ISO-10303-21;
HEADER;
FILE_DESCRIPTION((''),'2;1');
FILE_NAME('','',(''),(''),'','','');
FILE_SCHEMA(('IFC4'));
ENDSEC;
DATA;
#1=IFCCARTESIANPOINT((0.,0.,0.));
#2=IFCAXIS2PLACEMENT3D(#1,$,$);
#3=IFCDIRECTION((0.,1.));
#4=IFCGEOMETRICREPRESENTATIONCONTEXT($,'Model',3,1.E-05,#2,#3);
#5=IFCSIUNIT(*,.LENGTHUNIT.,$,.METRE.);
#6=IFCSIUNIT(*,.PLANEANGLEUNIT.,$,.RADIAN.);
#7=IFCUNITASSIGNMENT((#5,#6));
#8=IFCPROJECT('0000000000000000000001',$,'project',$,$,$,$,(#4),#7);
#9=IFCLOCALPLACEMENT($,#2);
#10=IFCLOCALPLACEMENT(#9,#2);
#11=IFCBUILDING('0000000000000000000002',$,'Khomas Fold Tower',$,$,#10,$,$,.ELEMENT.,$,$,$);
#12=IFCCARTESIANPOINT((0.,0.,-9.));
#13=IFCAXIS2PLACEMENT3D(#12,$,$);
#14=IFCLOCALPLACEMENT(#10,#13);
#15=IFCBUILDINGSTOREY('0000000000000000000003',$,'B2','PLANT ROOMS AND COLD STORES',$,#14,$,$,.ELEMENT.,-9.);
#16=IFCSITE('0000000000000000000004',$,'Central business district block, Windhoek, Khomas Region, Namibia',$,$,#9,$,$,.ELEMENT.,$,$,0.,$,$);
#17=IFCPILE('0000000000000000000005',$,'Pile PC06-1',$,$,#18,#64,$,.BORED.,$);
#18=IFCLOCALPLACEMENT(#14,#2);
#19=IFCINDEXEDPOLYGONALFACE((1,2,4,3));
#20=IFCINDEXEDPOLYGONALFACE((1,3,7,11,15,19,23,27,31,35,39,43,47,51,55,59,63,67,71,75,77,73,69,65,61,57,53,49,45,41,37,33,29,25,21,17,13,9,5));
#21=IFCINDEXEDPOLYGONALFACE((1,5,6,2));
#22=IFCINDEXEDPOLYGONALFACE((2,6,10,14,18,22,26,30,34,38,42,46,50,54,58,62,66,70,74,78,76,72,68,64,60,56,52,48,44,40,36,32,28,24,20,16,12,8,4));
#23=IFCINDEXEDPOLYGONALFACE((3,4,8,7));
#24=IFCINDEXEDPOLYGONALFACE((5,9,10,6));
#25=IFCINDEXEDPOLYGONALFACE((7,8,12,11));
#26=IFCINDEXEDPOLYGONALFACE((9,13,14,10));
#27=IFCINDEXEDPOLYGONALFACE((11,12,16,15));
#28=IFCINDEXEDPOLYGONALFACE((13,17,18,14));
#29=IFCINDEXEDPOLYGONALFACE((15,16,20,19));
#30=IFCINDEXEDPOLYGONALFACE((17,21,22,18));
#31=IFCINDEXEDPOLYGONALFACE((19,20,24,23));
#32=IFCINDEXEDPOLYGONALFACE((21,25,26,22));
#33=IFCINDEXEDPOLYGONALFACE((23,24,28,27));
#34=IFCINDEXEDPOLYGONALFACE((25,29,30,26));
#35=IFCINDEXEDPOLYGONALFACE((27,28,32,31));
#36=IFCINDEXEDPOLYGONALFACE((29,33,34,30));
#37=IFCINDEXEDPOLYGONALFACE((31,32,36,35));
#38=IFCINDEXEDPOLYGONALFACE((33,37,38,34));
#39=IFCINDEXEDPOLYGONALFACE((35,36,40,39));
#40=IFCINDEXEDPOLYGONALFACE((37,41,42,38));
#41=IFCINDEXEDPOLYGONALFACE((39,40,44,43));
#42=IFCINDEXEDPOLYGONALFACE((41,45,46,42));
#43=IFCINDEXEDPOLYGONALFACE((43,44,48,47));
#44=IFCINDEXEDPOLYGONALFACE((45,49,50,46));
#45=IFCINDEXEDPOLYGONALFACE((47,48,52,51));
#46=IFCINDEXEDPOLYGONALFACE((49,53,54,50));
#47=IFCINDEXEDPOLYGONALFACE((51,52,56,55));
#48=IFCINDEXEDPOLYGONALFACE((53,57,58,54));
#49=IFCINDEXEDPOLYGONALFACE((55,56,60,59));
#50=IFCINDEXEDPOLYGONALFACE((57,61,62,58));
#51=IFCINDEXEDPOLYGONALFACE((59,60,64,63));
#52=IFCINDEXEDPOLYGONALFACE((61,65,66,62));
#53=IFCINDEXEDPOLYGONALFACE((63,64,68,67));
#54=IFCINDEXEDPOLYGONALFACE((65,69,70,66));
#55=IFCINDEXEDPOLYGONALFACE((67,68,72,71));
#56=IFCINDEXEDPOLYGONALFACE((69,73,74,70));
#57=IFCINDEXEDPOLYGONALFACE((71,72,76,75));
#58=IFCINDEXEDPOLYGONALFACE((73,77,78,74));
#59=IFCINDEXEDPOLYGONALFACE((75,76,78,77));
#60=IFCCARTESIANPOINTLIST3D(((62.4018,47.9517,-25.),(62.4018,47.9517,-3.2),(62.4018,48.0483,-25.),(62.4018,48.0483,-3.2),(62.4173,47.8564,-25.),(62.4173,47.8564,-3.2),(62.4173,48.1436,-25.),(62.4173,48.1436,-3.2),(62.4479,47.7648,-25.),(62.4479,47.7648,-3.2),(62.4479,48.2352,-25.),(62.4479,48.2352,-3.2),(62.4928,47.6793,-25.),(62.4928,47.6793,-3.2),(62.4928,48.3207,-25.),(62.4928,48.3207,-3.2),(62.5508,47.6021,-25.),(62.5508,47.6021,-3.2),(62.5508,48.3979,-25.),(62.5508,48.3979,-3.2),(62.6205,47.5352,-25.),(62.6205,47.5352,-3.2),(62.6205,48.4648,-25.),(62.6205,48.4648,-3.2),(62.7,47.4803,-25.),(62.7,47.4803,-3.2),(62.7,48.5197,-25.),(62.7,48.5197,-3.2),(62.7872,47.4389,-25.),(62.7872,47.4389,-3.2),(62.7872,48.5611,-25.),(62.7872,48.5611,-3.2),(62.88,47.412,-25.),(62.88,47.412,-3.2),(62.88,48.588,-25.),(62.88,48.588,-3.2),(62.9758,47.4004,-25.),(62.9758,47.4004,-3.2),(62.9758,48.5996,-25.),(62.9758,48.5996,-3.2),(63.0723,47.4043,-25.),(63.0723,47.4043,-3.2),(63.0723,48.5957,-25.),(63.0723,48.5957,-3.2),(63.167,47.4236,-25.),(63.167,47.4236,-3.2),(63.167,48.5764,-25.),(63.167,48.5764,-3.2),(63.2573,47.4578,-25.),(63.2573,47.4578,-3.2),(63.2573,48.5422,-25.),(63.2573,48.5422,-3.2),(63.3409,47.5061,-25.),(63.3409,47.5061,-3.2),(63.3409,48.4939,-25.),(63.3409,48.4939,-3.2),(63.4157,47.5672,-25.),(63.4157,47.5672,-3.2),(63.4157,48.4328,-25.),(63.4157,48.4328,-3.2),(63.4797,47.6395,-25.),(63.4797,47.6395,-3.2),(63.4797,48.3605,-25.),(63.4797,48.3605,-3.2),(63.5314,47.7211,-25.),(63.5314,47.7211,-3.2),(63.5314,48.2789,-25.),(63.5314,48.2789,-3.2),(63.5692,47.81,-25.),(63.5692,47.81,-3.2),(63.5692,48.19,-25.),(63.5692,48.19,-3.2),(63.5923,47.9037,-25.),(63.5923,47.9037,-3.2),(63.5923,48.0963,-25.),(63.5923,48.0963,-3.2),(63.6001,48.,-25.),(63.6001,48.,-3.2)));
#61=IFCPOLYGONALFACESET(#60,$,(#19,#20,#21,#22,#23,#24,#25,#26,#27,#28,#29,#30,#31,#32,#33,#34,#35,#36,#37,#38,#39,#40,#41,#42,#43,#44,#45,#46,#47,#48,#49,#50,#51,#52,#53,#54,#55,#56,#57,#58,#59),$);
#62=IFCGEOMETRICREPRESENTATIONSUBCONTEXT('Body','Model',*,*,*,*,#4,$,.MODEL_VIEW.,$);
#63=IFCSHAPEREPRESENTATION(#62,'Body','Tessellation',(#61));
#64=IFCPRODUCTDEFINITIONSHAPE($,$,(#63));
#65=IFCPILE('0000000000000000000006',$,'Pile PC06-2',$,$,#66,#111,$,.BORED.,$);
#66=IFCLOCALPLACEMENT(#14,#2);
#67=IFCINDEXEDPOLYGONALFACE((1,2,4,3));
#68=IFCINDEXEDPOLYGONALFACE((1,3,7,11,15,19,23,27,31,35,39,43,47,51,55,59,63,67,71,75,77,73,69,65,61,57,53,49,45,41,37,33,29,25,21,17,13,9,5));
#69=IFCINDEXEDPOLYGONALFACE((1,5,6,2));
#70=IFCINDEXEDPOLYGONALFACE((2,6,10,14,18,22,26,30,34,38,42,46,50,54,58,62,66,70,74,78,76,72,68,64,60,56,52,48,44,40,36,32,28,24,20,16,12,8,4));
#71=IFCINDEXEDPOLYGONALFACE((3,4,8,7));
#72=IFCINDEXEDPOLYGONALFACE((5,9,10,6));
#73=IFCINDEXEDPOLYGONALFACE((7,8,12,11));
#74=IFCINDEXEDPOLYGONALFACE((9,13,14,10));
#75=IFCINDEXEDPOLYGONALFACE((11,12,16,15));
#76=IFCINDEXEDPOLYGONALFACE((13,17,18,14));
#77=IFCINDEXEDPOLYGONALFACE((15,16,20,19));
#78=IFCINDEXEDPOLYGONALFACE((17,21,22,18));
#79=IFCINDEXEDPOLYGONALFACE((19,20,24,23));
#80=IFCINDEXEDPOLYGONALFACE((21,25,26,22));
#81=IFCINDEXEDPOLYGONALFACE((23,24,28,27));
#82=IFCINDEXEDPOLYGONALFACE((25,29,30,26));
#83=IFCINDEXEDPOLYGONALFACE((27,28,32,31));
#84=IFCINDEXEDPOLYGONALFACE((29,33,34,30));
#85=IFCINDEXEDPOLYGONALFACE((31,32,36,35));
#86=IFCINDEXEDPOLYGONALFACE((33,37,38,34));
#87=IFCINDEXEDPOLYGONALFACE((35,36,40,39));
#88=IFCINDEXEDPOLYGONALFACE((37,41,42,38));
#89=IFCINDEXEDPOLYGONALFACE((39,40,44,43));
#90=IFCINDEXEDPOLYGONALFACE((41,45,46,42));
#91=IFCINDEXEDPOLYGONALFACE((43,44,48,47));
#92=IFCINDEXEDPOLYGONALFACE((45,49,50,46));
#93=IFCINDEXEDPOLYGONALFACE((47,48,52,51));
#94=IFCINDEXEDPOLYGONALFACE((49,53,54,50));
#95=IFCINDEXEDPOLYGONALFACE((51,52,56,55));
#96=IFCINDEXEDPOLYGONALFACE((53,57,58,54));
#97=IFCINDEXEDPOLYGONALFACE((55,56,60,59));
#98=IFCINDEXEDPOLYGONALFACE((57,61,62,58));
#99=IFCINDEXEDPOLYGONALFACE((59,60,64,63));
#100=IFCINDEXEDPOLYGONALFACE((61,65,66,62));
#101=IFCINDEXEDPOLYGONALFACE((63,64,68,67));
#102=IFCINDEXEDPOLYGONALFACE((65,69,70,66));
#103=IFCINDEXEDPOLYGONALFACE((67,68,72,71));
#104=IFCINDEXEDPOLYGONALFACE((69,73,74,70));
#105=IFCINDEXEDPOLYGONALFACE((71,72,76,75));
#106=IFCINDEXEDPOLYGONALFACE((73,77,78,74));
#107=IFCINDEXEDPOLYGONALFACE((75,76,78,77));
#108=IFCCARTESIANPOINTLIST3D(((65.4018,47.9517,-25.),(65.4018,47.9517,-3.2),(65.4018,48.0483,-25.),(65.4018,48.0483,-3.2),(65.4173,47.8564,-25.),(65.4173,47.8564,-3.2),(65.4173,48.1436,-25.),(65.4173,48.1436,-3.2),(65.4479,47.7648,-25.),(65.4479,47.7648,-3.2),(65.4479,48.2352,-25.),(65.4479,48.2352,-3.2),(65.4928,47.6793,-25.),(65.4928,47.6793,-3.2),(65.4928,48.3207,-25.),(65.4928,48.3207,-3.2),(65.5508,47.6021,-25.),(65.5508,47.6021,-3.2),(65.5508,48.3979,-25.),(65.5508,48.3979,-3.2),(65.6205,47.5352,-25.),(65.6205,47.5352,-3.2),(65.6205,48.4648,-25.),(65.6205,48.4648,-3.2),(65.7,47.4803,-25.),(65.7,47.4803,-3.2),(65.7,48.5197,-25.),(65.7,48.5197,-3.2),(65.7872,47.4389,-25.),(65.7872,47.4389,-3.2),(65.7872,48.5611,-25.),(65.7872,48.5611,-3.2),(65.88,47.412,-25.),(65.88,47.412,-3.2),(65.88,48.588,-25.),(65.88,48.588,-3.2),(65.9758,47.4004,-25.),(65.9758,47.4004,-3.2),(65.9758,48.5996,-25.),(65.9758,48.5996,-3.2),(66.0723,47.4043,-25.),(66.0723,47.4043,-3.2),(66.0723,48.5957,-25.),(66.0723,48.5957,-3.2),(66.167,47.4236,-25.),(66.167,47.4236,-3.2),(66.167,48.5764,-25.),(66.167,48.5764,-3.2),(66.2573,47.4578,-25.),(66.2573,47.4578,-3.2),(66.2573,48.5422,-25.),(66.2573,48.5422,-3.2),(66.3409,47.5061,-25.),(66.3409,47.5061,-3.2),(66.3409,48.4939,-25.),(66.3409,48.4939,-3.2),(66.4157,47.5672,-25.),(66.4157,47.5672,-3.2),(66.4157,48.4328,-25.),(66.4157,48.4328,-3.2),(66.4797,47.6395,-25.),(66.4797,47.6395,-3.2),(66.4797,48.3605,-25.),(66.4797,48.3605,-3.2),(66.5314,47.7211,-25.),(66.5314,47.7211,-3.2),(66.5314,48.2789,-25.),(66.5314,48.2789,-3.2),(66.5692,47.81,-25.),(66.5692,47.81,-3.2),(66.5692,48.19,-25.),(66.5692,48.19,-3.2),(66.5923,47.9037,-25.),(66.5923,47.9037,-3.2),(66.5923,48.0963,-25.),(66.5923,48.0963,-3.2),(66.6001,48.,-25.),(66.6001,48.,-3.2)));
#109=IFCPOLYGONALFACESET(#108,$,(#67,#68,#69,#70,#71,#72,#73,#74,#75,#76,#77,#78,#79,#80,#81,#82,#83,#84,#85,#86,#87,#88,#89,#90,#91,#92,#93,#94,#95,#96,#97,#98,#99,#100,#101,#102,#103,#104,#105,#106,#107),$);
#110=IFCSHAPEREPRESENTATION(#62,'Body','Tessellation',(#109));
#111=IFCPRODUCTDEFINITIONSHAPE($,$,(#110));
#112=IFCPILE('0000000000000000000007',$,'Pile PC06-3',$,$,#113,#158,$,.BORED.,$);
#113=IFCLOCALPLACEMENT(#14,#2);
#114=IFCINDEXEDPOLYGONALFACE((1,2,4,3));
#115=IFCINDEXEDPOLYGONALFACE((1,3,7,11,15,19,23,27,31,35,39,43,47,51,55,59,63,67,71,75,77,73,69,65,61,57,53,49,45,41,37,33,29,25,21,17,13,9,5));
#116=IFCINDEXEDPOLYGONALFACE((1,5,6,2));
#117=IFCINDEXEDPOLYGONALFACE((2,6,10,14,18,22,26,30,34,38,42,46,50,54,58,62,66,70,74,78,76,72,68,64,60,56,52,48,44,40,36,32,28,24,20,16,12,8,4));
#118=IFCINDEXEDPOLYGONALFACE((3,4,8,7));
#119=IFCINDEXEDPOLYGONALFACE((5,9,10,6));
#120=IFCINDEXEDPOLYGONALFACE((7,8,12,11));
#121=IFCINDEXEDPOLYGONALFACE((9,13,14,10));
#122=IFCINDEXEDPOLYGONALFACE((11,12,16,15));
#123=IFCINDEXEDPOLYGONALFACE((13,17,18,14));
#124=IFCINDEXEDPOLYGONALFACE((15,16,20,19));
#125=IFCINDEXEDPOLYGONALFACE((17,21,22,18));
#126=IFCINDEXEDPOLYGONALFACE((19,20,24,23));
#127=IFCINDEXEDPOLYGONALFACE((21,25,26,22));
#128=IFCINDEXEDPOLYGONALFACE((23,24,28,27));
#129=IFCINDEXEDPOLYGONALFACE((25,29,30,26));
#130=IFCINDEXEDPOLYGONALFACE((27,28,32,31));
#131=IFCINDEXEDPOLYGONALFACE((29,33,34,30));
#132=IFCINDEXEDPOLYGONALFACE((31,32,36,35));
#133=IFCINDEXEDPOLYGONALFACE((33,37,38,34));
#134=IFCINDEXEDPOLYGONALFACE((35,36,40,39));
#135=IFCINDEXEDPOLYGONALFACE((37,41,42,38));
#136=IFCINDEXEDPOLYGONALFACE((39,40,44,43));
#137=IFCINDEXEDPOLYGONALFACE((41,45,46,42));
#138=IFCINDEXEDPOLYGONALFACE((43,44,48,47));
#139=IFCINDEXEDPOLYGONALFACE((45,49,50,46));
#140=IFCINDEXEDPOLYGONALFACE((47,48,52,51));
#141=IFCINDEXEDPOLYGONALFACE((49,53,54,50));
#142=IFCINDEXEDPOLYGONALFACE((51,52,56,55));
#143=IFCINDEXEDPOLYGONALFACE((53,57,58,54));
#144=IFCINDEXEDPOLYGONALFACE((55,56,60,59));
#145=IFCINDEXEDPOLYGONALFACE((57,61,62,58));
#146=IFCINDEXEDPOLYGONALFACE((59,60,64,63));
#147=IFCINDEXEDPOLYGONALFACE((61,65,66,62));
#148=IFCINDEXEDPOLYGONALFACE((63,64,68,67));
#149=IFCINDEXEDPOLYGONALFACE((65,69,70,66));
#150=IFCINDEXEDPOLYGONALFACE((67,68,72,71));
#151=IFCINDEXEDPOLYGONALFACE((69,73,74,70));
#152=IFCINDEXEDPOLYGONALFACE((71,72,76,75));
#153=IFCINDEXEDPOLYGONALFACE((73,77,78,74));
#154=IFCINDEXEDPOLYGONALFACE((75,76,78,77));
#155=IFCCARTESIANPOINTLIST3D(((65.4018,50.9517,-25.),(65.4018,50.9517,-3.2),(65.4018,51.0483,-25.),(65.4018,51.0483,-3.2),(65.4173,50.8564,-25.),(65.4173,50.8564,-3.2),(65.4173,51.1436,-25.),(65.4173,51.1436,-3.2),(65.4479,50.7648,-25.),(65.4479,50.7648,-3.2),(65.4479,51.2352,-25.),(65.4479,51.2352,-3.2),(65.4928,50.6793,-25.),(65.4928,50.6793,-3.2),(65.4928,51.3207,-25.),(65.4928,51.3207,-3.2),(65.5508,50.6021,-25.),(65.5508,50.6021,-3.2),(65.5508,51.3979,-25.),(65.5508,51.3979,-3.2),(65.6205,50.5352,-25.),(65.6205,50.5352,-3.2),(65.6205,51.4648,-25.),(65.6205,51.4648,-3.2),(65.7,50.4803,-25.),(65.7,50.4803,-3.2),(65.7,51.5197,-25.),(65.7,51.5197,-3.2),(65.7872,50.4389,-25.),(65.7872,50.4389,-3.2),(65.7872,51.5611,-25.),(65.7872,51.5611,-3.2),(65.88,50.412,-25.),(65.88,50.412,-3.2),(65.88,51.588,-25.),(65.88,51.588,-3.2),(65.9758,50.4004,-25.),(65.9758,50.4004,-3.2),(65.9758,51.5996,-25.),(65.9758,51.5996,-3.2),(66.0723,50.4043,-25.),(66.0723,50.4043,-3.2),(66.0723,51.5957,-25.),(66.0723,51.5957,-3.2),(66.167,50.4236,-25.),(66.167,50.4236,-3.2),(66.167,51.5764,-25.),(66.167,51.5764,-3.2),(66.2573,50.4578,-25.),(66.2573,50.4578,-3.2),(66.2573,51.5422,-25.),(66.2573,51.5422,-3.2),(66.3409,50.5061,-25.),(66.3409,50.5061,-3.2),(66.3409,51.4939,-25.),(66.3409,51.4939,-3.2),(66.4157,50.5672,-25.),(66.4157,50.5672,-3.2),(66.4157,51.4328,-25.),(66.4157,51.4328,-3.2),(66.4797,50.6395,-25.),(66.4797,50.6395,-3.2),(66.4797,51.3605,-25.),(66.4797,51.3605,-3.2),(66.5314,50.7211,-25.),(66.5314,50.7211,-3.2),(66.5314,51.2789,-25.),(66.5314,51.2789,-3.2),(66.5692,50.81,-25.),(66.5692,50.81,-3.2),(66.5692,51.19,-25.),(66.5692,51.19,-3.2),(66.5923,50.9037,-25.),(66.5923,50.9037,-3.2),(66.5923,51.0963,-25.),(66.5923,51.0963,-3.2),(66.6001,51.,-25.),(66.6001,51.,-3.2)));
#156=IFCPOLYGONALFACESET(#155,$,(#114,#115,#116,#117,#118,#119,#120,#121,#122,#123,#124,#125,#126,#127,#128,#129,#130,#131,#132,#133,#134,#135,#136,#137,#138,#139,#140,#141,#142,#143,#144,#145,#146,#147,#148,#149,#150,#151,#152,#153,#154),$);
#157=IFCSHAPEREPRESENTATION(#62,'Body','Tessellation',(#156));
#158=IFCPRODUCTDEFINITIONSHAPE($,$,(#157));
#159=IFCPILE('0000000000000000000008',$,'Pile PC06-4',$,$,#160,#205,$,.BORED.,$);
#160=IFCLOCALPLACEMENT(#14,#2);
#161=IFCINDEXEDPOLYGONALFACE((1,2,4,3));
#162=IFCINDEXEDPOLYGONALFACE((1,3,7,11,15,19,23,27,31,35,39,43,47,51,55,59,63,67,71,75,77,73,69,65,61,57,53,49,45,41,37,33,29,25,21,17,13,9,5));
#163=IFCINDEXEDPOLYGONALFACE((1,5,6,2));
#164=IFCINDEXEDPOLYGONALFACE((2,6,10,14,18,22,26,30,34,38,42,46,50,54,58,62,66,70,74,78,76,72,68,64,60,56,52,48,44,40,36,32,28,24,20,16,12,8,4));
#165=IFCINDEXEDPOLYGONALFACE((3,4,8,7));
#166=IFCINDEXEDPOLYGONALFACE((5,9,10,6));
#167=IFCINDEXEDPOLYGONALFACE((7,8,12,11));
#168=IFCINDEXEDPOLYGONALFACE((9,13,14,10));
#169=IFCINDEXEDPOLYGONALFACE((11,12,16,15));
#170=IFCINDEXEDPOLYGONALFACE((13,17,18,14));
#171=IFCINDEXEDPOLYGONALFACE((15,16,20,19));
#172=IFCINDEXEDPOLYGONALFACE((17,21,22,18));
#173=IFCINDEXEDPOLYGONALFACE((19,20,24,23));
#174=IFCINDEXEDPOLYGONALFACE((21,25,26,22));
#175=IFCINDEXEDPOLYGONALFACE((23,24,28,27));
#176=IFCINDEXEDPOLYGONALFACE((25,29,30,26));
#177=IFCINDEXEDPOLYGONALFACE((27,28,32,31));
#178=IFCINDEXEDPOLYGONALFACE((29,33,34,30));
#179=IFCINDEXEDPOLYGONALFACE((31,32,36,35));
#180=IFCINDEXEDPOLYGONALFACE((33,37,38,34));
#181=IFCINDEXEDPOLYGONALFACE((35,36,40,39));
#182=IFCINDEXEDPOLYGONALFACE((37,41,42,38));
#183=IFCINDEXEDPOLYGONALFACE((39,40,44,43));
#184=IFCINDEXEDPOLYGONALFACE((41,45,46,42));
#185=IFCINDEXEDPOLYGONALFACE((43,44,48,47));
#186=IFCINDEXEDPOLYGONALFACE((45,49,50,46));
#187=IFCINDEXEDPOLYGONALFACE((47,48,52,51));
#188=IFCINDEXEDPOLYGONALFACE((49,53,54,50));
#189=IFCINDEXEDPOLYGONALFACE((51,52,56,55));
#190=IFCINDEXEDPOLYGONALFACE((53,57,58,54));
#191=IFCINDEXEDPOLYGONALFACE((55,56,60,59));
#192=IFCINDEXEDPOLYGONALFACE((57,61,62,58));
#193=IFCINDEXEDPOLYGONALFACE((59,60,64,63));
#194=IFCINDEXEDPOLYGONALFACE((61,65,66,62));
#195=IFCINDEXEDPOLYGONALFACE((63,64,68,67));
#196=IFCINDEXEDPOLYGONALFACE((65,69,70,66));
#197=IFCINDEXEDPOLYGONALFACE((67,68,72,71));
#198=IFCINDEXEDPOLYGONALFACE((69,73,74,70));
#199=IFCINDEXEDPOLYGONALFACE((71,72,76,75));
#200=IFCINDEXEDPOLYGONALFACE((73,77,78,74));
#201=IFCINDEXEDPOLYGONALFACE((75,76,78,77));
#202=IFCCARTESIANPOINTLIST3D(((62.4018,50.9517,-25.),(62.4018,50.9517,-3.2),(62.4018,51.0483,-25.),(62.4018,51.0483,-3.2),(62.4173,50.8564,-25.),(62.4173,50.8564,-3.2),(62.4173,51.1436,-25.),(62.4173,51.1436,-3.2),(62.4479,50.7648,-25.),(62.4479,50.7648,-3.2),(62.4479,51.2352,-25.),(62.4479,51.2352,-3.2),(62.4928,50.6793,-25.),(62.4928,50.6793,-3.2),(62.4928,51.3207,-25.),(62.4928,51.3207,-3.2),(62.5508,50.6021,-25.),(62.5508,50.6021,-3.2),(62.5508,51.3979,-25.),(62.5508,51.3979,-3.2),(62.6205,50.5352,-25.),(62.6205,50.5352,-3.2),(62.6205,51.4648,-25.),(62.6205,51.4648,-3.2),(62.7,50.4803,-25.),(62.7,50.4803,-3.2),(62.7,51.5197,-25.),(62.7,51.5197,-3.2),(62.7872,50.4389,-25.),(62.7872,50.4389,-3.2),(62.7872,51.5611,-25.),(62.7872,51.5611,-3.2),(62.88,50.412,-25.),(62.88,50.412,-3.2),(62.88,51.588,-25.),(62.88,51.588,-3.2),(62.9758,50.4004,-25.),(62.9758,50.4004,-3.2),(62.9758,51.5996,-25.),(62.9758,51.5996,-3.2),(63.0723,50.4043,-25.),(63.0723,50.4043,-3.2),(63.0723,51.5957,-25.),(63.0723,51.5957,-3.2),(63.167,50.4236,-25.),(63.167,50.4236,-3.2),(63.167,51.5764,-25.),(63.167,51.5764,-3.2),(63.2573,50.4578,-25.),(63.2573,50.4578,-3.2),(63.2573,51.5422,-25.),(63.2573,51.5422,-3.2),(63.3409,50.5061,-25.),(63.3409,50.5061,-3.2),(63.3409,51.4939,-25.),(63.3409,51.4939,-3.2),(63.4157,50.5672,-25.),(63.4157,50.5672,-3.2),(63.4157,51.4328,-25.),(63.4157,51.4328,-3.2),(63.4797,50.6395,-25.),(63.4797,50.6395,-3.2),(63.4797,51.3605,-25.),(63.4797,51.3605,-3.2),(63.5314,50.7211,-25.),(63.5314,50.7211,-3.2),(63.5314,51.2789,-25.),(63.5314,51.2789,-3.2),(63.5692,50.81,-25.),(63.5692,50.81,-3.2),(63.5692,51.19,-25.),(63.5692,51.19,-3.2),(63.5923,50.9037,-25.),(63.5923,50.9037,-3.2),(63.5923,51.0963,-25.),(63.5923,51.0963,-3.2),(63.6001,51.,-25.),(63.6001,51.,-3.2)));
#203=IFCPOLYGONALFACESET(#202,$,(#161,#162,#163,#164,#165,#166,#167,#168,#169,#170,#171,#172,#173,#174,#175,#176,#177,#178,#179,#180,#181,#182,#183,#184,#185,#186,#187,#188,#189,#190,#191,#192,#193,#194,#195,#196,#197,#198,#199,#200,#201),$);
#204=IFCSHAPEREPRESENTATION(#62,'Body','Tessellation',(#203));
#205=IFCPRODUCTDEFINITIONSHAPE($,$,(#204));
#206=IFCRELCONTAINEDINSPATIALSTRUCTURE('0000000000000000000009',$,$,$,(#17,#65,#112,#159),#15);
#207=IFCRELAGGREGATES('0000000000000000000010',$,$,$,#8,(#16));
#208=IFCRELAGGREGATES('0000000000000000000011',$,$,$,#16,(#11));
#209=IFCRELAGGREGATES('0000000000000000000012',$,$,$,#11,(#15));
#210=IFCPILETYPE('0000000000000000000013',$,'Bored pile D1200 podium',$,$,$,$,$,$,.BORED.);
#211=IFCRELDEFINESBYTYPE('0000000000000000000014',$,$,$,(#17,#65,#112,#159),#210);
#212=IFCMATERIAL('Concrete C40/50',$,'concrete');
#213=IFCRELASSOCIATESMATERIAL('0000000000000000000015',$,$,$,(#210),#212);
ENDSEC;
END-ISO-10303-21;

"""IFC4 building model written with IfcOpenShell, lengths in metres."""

from ifc_helpers import new_model, si_unit, direction, frame, origin, origin_2d, place, context, subcontext, project, spatial, circle, extrude, source, transform, mapped, material, material_profile, profile_set, type_object, element, save


model = new_model("IFC4")

# Units and contexts
model_context = context("Model", 3, precision=1e-05, world=origin(), true_north=direction((0.0, 1.0)))
body_context = subcontext(model_context, "Body", "Model", "MODEL_VIEW")
ifc_project = project(units=[si_unit("LENGTHUNIT", "METRE"), si_unit("PLANEANGLEUNIT", "RADIAN")], contexts=[model_context])

# Site, building, storey
site_placement = place(None, origin())
site = spatial("IfcSite", under=ifc_project, at=site_placement, Name="Central business district block, Windhoek, Khomas Region, Namibia", CompositionType="ELEMENT", RefElevation=0.0)
building_placement = place(site_placement, origin())
building = spatial("IfcBuilding", under=site, at=building_placement, Name="Khomas Fold Tower", CompositionType="ELEMENT")
storey_placement = place(building_placement, frame((0.0, 0.0, -9.0)))
storey = spatial("IfcBuildingStorey", under=building, at=storey_placement, Name="B2", Description="PLANT ROOMS AND COLD STORES", CompositionType="ELEMENT", Elevation=-9.0)

# Piles
ifc_material_1 = material(Name="Concrete C40/50", Category="concrete")
ifc_material_profile_1 = material_profile(ifc_material_1, circle(Radius=0.6001, at=origin_2d()), Name="PILE D1200")
ifc_profile_set_1 = profile_set([ifc_material_profile_1], Name="Concrete C40/50")
pile_type_1 = type_object("IfcPileType", Name="Bored pile D1200 podium", PredefinedType="BORED", material=ifc_profile_set_1)
shared_shape_1 = source(origin(), body_context, "Body", "SweptSolid", [
    extrude(circle(Radius=0.6001, at=origin_2d()), origin(), (0.0, 0.0, 1.0), 21.8),
])
for number, where, z_axis, x_axis, name in (
    (1, (63.0, 48.0, -3.2), (0.0, 0.0, -1.0), (1.0, 0.0, 0.0), "Pile PC06-1"),
    (2, (66.0, 48.0, -3.2), (0.0, 0.0, -1.0), (1.0, 0.0, 0.0), "Pile PC06-2"),
    (3, (66.0, 51.0, -3.2), (0.0, 0.0, -1.0), (1.0, 0.0, 0.0), "Pile PC06-3"),
    (4, (63.0, 51.0, -3.2), (0.0, 0.0, -1.0), (1.0, 0.0, 0.0), "Pile PC06-4"),
):
    element("IfcPile", number, at=place(storey_placement, frame(where, z_axis=z_axis, x_axis=x_axis)), inside=storey, type_object=pile_type_1, Name=name, PredefinedType="BORED", context=body_context, shape_type="MappedRepresentation", body=[
        mapped(shared_shape_1, transform((0.0, 0.0, 0.0))),
    ])

save(model, "model.ifc")
